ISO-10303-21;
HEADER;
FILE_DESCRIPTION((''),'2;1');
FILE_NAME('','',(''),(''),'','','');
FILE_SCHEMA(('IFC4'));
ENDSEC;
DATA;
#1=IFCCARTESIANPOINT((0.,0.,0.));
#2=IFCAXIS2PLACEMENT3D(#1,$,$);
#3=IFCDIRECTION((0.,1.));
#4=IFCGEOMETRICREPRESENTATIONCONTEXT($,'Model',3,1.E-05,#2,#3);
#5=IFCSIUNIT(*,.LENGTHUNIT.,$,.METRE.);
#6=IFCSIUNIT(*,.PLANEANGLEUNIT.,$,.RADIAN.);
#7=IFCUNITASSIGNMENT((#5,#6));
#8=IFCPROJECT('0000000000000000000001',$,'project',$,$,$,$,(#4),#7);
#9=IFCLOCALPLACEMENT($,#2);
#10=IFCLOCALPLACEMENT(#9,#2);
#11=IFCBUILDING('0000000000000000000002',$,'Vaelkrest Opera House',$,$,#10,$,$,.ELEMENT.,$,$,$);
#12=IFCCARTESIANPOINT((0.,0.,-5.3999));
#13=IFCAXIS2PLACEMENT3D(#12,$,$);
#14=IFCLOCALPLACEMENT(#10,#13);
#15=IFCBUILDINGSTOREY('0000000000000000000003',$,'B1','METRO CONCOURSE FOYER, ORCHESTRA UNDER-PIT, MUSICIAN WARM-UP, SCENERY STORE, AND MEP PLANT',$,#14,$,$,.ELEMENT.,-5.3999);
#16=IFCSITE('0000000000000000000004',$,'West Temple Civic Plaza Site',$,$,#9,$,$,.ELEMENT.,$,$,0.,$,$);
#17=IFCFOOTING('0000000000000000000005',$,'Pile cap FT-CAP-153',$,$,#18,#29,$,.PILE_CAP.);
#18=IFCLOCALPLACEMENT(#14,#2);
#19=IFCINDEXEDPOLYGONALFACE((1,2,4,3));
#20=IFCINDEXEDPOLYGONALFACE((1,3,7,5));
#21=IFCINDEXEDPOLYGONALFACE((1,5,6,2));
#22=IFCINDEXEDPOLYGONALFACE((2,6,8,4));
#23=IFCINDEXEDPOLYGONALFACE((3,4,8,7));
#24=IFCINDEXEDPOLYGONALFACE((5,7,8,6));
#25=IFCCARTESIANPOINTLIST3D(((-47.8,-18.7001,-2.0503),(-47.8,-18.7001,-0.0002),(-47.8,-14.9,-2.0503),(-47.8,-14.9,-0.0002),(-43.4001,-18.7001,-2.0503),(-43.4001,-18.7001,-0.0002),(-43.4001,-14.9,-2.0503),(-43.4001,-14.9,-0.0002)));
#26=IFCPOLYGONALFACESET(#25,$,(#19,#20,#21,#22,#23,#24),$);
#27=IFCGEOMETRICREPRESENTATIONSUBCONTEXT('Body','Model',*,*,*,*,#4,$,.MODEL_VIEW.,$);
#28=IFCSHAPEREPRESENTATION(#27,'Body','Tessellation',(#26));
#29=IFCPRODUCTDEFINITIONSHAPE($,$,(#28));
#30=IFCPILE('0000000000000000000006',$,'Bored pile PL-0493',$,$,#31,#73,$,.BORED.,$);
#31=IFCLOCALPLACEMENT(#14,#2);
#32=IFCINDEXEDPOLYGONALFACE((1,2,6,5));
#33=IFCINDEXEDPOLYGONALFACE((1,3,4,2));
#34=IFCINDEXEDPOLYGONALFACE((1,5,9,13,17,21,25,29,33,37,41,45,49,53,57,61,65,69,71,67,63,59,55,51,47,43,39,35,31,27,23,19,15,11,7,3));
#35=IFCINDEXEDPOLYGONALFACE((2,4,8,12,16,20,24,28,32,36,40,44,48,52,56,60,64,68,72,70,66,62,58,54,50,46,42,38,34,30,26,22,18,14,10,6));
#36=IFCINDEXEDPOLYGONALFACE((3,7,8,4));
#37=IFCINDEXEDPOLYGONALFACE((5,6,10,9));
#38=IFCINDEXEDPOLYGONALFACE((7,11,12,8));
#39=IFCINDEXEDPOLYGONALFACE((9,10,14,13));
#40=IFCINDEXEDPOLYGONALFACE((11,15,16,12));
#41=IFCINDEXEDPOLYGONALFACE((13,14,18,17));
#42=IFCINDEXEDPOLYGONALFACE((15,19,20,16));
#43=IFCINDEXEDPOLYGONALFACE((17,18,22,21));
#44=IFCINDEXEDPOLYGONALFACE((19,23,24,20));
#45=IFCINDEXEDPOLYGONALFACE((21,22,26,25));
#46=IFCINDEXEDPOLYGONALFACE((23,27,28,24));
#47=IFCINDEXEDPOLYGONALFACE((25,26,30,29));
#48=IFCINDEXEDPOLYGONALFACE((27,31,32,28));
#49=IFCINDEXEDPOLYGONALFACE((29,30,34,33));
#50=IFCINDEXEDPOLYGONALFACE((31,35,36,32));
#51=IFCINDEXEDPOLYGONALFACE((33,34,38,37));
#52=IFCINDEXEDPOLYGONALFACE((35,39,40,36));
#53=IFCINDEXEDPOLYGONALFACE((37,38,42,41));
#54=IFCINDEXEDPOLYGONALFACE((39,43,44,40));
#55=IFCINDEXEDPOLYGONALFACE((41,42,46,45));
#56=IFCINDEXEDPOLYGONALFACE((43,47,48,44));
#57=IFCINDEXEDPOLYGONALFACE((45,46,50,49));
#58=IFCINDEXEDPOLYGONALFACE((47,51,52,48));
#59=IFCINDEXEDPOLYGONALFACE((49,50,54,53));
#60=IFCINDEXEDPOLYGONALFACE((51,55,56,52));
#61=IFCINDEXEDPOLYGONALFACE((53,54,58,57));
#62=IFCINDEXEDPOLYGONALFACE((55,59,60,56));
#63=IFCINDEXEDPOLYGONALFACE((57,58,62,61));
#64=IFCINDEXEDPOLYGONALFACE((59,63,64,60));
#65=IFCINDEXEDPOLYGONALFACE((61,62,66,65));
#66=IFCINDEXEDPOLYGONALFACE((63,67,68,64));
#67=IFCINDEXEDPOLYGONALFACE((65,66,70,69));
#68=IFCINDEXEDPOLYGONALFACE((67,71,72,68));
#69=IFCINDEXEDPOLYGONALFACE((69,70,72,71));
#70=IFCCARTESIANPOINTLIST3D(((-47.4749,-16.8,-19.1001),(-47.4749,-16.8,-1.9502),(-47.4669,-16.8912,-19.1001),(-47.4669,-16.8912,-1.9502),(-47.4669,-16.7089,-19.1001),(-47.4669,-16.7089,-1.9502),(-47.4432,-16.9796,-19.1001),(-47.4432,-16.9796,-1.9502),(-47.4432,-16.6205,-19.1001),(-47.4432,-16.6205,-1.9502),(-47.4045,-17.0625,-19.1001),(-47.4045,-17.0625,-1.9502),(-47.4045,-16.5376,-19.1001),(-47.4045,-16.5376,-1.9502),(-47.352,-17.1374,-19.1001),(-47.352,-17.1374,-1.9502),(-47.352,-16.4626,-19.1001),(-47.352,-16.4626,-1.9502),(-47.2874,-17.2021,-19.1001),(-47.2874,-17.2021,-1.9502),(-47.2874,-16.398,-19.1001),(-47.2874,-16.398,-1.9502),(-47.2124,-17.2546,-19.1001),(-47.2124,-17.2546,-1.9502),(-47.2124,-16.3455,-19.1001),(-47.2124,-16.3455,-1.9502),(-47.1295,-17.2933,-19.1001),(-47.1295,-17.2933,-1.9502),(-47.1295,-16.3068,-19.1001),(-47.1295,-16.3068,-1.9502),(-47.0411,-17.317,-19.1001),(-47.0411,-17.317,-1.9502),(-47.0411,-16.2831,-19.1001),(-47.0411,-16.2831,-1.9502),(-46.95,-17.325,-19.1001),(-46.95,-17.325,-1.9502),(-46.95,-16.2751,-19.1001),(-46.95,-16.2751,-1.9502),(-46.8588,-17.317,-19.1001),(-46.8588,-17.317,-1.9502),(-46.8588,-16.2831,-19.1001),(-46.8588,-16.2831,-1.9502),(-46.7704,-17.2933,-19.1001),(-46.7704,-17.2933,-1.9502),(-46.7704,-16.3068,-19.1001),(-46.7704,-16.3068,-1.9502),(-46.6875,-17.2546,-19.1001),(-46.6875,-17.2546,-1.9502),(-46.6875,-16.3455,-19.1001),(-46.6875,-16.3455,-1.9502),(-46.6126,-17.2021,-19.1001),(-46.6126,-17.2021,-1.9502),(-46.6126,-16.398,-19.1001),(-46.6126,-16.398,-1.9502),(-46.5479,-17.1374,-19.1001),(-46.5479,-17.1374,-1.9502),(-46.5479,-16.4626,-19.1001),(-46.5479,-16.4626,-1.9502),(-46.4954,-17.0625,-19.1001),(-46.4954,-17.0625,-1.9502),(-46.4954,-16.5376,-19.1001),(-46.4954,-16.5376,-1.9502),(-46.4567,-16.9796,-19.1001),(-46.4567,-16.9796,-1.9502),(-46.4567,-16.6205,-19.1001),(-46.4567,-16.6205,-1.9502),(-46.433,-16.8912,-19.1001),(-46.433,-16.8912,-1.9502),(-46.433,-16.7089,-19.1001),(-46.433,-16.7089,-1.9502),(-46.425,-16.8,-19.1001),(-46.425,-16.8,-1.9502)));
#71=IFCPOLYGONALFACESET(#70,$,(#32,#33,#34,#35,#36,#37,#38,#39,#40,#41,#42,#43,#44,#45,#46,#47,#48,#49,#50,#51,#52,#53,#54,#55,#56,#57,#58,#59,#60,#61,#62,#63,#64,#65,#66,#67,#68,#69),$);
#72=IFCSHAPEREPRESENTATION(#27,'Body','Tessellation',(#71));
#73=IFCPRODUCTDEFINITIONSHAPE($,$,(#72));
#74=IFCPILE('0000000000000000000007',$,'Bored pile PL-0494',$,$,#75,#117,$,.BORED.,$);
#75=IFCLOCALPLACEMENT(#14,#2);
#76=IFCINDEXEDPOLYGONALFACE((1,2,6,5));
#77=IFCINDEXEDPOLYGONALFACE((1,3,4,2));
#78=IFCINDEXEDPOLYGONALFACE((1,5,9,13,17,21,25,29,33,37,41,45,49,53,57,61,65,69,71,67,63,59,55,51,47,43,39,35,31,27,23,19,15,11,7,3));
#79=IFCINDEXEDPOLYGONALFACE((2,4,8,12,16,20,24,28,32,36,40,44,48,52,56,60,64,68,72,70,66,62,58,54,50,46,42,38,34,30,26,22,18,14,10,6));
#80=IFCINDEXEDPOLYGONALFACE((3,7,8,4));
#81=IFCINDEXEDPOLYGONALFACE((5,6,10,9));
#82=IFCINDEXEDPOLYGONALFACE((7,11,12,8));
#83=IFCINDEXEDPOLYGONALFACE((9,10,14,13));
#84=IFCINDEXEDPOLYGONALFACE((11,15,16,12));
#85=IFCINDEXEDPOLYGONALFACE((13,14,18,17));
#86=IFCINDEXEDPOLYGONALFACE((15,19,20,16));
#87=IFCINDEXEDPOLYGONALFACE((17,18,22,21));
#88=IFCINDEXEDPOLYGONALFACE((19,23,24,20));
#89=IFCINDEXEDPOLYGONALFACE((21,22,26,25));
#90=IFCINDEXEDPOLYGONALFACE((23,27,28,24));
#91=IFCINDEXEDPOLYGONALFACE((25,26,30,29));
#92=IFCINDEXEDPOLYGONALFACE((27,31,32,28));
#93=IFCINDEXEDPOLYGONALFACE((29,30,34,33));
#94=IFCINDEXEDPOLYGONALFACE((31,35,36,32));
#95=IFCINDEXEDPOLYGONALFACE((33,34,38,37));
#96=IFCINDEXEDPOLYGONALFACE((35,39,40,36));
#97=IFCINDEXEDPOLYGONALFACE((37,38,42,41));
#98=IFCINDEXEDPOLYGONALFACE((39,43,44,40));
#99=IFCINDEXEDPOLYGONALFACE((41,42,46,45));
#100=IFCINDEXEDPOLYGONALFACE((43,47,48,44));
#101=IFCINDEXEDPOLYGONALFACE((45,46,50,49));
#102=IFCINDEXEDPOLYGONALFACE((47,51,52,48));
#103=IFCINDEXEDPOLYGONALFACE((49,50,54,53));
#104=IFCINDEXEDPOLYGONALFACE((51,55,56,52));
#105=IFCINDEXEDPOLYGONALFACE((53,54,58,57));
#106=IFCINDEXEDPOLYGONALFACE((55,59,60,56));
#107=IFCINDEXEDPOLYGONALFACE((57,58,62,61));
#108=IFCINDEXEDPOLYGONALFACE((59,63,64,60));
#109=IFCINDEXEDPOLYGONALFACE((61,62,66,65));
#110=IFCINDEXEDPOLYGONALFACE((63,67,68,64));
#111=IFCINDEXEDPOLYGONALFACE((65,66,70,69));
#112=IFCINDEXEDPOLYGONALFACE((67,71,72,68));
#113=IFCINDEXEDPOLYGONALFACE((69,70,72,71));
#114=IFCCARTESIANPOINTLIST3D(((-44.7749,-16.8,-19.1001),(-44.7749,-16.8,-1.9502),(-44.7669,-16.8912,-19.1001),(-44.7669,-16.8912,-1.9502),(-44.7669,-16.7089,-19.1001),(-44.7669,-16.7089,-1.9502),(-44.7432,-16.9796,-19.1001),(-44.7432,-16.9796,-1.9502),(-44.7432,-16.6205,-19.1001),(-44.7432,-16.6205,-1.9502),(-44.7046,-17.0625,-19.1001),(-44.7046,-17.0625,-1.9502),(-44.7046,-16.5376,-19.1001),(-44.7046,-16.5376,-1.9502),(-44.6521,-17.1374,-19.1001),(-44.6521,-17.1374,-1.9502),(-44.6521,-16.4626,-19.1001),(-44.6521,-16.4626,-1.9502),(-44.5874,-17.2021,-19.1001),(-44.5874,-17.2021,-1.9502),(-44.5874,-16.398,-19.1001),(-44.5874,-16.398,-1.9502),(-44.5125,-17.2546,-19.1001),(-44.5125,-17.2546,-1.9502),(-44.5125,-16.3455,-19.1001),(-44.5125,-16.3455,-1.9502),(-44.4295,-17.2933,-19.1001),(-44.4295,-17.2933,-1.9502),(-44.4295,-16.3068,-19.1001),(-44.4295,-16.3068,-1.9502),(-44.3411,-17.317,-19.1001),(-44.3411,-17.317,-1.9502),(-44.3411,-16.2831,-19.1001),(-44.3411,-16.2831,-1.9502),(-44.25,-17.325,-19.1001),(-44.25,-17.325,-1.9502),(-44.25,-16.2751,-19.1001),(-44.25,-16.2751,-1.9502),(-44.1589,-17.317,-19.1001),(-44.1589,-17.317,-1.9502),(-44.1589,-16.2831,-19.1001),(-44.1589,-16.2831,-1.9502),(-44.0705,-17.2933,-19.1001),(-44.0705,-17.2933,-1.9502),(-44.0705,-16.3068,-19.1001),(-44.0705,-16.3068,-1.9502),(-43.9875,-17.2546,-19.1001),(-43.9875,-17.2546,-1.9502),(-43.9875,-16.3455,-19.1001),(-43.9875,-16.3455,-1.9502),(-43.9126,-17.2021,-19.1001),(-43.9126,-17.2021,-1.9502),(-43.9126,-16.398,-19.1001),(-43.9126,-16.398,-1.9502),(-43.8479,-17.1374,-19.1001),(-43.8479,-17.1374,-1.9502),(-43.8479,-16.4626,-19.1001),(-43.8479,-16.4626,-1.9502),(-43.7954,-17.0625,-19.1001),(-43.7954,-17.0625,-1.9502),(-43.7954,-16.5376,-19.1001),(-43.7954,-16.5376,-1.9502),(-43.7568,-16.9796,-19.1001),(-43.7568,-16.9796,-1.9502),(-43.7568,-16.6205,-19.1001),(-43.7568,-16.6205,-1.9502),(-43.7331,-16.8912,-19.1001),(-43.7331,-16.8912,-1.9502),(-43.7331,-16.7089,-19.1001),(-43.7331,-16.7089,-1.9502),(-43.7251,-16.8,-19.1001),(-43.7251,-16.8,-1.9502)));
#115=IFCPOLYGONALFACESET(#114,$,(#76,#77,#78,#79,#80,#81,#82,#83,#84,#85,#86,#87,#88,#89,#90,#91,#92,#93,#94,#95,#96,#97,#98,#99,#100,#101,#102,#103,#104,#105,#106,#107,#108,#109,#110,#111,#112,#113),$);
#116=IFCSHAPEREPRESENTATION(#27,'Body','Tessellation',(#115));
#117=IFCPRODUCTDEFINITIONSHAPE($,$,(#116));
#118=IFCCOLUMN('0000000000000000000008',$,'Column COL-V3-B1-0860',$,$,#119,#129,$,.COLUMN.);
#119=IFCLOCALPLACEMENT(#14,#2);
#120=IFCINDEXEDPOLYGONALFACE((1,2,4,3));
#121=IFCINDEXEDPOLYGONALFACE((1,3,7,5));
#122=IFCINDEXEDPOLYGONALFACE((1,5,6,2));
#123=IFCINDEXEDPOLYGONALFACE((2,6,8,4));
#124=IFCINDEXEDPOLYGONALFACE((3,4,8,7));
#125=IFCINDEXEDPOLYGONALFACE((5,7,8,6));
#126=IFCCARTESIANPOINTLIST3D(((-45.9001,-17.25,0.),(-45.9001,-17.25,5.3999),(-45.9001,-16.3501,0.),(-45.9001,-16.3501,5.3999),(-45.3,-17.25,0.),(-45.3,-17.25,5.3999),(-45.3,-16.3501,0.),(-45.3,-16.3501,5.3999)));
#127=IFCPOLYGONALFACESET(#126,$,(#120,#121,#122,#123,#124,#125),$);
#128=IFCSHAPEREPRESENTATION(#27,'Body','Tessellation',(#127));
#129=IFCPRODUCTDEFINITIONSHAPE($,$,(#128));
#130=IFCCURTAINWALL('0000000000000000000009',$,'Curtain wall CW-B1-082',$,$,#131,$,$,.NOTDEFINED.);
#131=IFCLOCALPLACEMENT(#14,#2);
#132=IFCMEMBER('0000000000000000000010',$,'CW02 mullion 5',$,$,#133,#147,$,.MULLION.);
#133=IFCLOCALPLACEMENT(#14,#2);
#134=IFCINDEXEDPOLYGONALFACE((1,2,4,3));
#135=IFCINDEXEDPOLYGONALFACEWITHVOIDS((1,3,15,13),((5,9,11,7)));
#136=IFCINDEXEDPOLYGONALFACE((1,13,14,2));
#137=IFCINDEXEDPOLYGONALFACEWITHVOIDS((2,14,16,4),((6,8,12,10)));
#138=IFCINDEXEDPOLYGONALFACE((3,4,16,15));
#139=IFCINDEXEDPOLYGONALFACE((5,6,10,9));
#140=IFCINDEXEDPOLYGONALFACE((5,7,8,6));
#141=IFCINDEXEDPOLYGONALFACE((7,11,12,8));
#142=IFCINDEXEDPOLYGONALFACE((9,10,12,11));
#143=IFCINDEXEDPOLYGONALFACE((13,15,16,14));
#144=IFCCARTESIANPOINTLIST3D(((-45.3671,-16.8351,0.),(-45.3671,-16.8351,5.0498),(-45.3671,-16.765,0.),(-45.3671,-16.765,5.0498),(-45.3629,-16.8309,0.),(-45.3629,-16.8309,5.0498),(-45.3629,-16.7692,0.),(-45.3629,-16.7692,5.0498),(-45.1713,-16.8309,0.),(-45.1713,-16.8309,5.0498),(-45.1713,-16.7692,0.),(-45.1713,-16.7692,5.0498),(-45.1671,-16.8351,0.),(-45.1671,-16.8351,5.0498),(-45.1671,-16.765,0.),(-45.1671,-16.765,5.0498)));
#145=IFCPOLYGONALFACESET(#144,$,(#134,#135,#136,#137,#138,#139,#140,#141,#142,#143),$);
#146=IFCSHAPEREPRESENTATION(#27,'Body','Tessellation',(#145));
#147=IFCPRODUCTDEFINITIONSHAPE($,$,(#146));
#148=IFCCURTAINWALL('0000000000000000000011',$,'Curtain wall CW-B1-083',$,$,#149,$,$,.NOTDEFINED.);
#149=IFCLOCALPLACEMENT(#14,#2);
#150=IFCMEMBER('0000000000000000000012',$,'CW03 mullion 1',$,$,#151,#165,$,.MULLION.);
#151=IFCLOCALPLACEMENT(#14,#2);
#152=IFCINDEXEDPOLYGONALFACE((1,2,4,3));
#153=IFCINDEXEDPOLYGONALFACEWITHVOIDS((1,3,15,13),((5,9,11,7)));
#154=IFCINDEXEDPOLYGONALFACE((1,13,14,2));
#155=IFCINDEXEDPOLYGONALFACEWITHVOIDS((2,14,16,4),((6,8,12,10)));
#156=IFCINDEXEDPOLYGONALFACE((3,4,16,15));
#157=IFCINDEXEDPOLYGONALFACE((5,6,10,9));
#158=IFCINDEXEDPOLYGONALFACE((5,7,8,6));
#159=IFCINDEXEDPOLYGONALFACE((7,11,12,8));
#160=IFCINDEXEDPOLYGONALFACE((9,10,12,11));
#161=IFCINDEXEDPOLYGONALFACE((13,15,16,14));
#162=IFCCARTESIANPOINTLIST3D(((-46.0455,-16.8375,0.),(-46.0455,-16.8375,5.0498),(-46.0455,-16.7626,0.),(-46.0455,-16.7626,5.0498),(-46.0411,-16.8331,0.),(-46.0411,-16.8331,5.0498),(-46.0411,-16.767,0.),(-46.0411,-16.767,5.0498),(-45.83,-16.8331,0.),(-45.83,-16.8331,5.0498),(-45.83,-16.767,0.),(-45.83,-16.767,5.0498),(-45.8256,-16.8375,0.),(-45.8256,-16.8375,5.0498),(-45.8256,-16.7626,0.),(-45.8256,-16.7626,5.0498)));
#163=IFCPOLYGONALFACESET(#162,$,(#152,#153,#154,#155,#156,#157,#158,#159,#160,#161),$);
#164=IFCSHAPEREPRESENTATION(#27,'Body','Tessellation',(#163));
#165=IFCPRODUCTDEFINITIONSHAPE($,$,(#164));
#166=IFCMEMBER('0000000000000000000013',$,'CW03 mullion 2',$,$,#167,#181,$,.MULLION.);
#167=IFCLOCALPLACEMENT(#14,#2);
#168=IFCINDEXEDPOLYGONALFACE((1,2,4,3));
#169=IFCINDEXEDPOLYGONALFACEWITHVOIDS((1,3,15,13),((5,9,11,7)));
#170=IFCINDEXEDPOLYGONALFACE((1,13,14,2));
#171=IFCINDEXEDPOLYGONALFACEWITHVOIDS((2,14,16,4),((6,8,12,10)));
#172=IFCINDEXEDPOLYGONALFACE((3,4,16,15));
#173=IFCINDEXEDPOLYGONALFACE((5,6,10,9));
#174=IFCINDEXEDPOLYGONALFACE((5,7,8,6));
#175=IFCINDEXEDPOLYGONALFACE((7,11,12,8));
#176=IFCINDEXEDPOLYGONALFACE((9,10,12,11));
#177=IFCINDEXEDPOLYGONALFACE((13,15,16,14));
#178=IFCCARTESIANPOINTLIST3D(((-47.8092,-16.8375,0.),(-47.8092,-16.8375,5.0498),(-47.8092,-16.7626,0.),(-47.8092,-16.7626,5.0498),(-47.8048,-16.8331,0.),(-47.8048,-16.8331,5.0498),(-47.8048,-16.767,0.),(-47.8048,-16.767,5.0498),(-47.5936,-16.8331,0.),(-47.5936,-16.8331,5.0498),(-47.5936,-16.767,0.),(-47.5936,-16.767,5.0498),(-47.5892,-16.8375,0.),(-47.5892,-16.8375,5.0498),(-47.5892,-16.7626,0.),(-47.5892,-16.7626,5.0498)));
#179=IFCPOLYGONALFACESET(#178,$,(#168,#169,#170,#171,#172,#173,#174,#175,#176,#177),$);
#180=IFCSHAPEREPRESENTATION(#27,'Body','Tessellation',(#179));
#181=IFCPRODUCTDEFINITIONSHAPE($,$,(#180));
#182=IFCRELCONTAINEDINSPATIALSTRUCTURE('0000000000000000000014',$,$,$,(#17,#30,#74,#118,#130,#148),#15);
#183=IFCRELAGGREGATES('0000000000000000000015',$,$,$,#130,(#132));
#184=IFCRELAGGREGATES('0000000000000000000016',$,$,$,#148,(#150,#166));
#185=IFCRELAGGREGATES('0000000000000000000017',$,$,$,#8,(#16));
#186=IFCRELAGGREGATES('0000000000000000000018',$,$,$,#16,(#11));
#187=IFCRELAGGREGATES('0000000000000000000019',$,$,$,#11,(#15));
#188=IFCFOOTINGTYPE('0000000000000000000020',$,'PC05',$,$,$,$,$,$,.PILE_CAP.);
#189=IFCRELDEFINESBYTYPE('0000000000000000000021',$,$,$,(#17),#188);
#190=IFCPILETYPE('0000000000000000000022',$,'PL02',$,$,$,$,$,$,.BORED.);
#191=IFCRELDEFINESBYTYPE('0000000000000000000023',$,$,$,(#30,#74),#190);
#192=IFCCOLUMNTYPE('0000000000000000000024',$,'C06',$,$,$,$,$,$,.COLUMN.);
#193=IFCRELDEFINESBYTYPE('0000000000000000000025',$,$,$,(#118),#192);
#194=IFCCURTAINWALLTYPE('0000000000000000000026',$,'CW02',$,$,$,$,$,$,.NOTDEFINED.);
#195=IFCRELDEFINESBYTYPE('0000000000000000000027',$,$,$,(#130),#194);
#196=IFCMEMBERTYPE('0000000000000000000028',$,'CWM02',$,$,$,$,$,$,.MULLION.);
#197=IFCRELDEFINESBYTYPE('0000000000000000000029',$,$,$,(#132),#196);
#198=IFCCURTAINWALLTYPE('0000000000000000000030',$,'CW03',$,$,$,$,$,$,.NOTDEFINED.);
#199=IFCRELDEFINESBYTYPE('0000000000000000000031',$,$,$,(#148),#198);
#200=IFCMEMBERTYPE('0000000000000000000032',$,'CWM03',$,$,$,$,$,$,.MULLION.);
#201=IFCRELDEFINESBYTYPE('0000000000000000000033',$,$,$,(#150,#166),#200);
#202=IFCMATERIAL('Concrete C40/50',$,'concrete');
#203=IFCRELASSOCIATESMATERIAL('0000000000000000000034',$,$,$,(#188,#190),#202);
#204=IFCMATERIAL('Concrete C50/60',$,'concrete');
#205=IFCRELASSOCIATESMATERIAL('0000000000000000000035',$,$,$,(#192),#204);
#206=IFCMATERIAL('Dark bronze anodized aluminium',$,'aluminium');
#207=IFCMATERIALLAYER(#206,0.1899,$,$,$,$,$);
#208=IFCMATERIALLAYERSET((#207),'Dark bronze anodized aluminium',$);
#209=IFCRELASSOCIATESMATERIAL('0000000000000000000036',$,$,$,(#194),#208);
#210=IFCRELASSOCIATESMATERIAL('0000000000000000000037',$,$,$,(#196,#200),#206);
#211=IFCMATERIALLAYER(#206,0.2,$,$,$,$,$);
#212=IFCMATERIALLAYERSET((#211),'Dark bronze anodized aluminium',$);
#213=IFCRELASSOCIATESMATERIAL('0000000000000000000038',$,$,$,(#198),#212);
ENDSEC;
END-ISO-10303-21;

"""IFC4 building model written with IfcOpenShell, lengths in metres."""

from ifc_helpers import new_model, si_unit, direction, frame, origin, origin_2d, place, context, subcontext, project, spatial, rectangle, hollow_rectangle, circle, extrude, material, layer, layer_set, material_profile, profile_set, type_object, element, aggregate, save


model = new_model("IFC4")

# Units and contexts
model_context = context("Model", 3, precision=1e-05, world=origin(), true_north=direction((0.0, 1.0)))
body_context = subcontext(model_context, "Body", "Model", "MODEL_VIEW")
ifc_project = project(units=[si_unit("LENGTHUNIT", "METRE"), si_unit("PLANEANGLEUNIT", "RADIAN")], contexts=[model_context])

# Site, building, storey
site_placement = place(None, origin())
site = spatial("IfcSite", under=ifc_project, at=site_placement, Name="West Temple Civic Plaza Site", CompositionType="ELEMENT", RefElevation=0.0)
building_placement = place(site_placement, origin())
building = spatial("IfcBuilding", under=site, at=building_placement, Name="Vaelkrest Opera House", CompositionType="ELEMENT")
storey_placement = place(building_placement, frame((0.0, 0.0, -5.3999)))
storey = spatial("IfcBuildingStorey", under=building, at=storey_placement, Name="B1", Description="METRO CONCOURSE FOYER, ORCHESTRA UNDER-PIT, MUSICIAN WARM-UP, SCENERY STORE, AND MEP PLANT", CompositionType="ELEMENT", Elevation=-5.3999)

# Footing
ifc_material_1 = material(Name="Concrete C40/50", Category="concrete")
footing_type = type_object("IfcFootingType", Name="PC05", PredefinedType="PILE_CAP", material=ifc_material_1)
footing_placement = place(storey_placement, frame((-45.6001, -16.8, -2.0503), z_axis=(0.0, 0.0, 1.0), x_axis=(1.0, 0.0, 0.0)))
element("IfcFooting", 1, at=footing_placement, inside=storey, type_object=footing_type, Name="Pile cap FT-CAP-153", PredefinedType="PILE_CAP", context=body_context, shape_type="SweptSolid", body=[
    extrude(rectangle(XDim=4.3999, YDim=3.8, at=origin_2d()), origin(), (0.0, 0.0, 1.0), 2.05),
])

# Piles
ifc_material_profile_1 = material_profile(ifc_material_1, circle(Radius=0.5249, at=origin_2d()), Name="PILE1050")
ifc_profile_set_1 = profile_set([ifc_material_profile_1], Name="Concrete C40/50")
pile_type = type_object("IfcPileType", Name="PL02", PredefinedType="BORED", material=ifc_profile_set_1)
for number, where, z_axis, x_axis, name in (
    (2, (-46.95, -16.8, -1.9502), (0.0, 0.0, -1.0), (1.0, 0.0, 0.0), "Bored pile PL-0493"),
    (3, (-44.25, -16.8, -1.9502), (0.0, 0.0, -1.0), (1.0, 0.0, 0.0), "Bored pile PL-0494"),
):
    element("IfcPile", number, at=place(storey_placement, frame(where, z_axis=z_axis, x_axis=x_axis)), inside=storey, type_object=pile_type, Name=name, PredefinedType="BORED", context=body_context, shape_type="SweptSolid", body=[
        extrude(circle(Radius=0.5249, at=origin_2d()), origin(), (0.0, 0.0, 1.0), 17.1499),
    ])

# Column
ifc_material_2 = material(Name="Concrete C50/60", Category="concrete")
ifc_material_profile_2 = material_profile(ifc_material_2, rectangle(XDim=0.6001, YDim=0.8999, at=origin_2d()), Name="RC600X900")
ifc_profile_set_2 = profile_set([ifc_material_profile_2], Name="Concrete C50/60")
column_type = type_object("IfcColumnType", Name="C06", PredefinedType="COLUMN", material=ifc_profile_set_2)
column_placement = place(storey_placement, frame((-45.6001, -16.8, 0.0), z_axis=(0.0, 0.0, 1.0), x_axis=(1.0, 0.0, 0.0)))
element("IfcColumn", 4, at=column_placement, inside=storey, type_object=column_type, Name="Column COL-V3-B1-0860", PredefinedType="COLUMN", context=body_context, shape_type="SweptSolid", body=[
    extrude(rectangle(XDim=0.6001, YDim=0.8999, at=origin_2d()), origin(), (0.0, 0.0, 1.0), 5.3999),
])

# Curtain wall, member
ifc_material_3 = material(Name="Dark bronze anodized aluminium", Category="aluminium")
ifc_layer_1 = layer(ifc_material_3, 0.1899)
ifc_layer_set_1 = layer_set([ifc_layer_1], Name="Dark bronze anodized aluminium")
curtain_wall_type_1 = type_object("IfcCurtainWallType", Name="CW02", PredefinedType="NOTDEFINED", material=ifc_layer_set_1)
curtain_wall_1_placement = place(storey_placement, origin())
curtain_wall_1 = element("IfcCurtainWall", 5, at=curtain_wall_1_placement, inside=storey, type_object=curtain_wall_type_1, Name="Curtain wall CW-B1-082", PredefinedType="NOTDEFINED")
ifc_material_profile_3 = material_profile(ifc_material_3, hollow_rectangle(XDim=0.0701, YDim=0.2, WallThickness=0.0042, at=origin_2d()), Name="CWM70X200")
ifc_profile_set_3 = profile_set([ifc_material_profile_3], Name="Dark bronze anodized aluminium")
member_type_1 = type_object("IfcMemberType", Name="CWM02", PredefinedType="MULLION", material=ifc_profile_set_3)
member_1_placement = place(storey_placement, frame((-45.2671, -16.8, 0.0), z_axis=(0.0, 0.0, 1.0), x_axis=(0.0, -1.0, 0.0)))
member_1 = element("IfcMember", 6, at=member_1_placement, type_object=member_type_1, Name="CW02 mullion 5", PredefinedType="MULLION", context=body_context, shape_type="SweptSolid", body=[
    extrude(hollow_rectangle(XDim=0.0701, YDim=0.2, WallThickness=0.0042, at=origin_2d()), origin(), (0.0, 0.0, 1.0), 5.0498),
])

# Curtain wall, members
ifc_layer_2 = layer(ifc_material_3, 0.2)
ifc_layer_set_2 = layer_set([ifc_layer_2], Name="Dark bronze anodized aluminium")
curtain_wall_type_2 = type_object("IfcCurtainWallType", Name="CW03", PredefinedType="NOTDEFINED", material=ifc_layer_set_2)
curtain_wall_2_placement = place(storey_placement, origin())
curtain_wall_2 = element("IfcCurtainWall", 7, at=curtain_wall_2_placement, inside=storey, type_object=curtain_wall_type_2, Name="Curtain wall CW-B1-083", PredefinedType="NOTDEFINED")
ifc_material_profile_4 = material_profile(ifc_material_3, hollow_rectangle(XDim=0.075, YDim=0.22, WallThickness=0.0044, at=origin_2d()), Name="CWM75X220")
ifc_profile_set_4 = profile_set([ifc_material_profile_4], Name="Dark bronze anodized aluminium")
member_type_2 = type_object("IfcMemberType", Name="CWM03", PredefinedType="MULLION", material=ifc_profile_set_4)
member_2_placement = place(storey_placement, frame((-45.9355, -16.8, 0.0), z_axis=(0.0, 0.0, 1.0), x_axis=(0.0, -1.0, 0.0)))
member_2 = element("IfcMember", 8, at=member_2_placement, type_object=member_type_2, Name="CW03 mullion 1", PredefinedType="MULLION", context=body_context, shape_type="SweptSolid", body=[
    extrude(hollow_rectangle(XDim=0.075, YDim=0.22, WallThickness=0.0044, at=origin_2d()), origin(), (0.0, 0.0, 1.0), 5.0498),
])
member_3_placement = place(storey_placement, frame((-47.6992, -16.8, 0.0), z_axis=(0.0, 0.0, 1.0), x_axis=(0.0, -1.0, 0.0)))
member_3 = element("IfcMember", 9, at=member_3_placement, type_object=member_type_2, Name="CW03 mullion 2", PredefinedType="MULLION", context=body_context, shape_type="SweptSolid", body=[
    extrude(hollow_rectangle(XDim=0.075, YDim=0.22, WallThickness=0.0044, at=origin_2d()), origin(), (0.0, 0.0, 1.0), 5.0498),
])

aggregate(curtain_wall_1, [member_1])
aggregate(curtain_wall_2, [member_2, member_3])

save(model, "model.ifc")
